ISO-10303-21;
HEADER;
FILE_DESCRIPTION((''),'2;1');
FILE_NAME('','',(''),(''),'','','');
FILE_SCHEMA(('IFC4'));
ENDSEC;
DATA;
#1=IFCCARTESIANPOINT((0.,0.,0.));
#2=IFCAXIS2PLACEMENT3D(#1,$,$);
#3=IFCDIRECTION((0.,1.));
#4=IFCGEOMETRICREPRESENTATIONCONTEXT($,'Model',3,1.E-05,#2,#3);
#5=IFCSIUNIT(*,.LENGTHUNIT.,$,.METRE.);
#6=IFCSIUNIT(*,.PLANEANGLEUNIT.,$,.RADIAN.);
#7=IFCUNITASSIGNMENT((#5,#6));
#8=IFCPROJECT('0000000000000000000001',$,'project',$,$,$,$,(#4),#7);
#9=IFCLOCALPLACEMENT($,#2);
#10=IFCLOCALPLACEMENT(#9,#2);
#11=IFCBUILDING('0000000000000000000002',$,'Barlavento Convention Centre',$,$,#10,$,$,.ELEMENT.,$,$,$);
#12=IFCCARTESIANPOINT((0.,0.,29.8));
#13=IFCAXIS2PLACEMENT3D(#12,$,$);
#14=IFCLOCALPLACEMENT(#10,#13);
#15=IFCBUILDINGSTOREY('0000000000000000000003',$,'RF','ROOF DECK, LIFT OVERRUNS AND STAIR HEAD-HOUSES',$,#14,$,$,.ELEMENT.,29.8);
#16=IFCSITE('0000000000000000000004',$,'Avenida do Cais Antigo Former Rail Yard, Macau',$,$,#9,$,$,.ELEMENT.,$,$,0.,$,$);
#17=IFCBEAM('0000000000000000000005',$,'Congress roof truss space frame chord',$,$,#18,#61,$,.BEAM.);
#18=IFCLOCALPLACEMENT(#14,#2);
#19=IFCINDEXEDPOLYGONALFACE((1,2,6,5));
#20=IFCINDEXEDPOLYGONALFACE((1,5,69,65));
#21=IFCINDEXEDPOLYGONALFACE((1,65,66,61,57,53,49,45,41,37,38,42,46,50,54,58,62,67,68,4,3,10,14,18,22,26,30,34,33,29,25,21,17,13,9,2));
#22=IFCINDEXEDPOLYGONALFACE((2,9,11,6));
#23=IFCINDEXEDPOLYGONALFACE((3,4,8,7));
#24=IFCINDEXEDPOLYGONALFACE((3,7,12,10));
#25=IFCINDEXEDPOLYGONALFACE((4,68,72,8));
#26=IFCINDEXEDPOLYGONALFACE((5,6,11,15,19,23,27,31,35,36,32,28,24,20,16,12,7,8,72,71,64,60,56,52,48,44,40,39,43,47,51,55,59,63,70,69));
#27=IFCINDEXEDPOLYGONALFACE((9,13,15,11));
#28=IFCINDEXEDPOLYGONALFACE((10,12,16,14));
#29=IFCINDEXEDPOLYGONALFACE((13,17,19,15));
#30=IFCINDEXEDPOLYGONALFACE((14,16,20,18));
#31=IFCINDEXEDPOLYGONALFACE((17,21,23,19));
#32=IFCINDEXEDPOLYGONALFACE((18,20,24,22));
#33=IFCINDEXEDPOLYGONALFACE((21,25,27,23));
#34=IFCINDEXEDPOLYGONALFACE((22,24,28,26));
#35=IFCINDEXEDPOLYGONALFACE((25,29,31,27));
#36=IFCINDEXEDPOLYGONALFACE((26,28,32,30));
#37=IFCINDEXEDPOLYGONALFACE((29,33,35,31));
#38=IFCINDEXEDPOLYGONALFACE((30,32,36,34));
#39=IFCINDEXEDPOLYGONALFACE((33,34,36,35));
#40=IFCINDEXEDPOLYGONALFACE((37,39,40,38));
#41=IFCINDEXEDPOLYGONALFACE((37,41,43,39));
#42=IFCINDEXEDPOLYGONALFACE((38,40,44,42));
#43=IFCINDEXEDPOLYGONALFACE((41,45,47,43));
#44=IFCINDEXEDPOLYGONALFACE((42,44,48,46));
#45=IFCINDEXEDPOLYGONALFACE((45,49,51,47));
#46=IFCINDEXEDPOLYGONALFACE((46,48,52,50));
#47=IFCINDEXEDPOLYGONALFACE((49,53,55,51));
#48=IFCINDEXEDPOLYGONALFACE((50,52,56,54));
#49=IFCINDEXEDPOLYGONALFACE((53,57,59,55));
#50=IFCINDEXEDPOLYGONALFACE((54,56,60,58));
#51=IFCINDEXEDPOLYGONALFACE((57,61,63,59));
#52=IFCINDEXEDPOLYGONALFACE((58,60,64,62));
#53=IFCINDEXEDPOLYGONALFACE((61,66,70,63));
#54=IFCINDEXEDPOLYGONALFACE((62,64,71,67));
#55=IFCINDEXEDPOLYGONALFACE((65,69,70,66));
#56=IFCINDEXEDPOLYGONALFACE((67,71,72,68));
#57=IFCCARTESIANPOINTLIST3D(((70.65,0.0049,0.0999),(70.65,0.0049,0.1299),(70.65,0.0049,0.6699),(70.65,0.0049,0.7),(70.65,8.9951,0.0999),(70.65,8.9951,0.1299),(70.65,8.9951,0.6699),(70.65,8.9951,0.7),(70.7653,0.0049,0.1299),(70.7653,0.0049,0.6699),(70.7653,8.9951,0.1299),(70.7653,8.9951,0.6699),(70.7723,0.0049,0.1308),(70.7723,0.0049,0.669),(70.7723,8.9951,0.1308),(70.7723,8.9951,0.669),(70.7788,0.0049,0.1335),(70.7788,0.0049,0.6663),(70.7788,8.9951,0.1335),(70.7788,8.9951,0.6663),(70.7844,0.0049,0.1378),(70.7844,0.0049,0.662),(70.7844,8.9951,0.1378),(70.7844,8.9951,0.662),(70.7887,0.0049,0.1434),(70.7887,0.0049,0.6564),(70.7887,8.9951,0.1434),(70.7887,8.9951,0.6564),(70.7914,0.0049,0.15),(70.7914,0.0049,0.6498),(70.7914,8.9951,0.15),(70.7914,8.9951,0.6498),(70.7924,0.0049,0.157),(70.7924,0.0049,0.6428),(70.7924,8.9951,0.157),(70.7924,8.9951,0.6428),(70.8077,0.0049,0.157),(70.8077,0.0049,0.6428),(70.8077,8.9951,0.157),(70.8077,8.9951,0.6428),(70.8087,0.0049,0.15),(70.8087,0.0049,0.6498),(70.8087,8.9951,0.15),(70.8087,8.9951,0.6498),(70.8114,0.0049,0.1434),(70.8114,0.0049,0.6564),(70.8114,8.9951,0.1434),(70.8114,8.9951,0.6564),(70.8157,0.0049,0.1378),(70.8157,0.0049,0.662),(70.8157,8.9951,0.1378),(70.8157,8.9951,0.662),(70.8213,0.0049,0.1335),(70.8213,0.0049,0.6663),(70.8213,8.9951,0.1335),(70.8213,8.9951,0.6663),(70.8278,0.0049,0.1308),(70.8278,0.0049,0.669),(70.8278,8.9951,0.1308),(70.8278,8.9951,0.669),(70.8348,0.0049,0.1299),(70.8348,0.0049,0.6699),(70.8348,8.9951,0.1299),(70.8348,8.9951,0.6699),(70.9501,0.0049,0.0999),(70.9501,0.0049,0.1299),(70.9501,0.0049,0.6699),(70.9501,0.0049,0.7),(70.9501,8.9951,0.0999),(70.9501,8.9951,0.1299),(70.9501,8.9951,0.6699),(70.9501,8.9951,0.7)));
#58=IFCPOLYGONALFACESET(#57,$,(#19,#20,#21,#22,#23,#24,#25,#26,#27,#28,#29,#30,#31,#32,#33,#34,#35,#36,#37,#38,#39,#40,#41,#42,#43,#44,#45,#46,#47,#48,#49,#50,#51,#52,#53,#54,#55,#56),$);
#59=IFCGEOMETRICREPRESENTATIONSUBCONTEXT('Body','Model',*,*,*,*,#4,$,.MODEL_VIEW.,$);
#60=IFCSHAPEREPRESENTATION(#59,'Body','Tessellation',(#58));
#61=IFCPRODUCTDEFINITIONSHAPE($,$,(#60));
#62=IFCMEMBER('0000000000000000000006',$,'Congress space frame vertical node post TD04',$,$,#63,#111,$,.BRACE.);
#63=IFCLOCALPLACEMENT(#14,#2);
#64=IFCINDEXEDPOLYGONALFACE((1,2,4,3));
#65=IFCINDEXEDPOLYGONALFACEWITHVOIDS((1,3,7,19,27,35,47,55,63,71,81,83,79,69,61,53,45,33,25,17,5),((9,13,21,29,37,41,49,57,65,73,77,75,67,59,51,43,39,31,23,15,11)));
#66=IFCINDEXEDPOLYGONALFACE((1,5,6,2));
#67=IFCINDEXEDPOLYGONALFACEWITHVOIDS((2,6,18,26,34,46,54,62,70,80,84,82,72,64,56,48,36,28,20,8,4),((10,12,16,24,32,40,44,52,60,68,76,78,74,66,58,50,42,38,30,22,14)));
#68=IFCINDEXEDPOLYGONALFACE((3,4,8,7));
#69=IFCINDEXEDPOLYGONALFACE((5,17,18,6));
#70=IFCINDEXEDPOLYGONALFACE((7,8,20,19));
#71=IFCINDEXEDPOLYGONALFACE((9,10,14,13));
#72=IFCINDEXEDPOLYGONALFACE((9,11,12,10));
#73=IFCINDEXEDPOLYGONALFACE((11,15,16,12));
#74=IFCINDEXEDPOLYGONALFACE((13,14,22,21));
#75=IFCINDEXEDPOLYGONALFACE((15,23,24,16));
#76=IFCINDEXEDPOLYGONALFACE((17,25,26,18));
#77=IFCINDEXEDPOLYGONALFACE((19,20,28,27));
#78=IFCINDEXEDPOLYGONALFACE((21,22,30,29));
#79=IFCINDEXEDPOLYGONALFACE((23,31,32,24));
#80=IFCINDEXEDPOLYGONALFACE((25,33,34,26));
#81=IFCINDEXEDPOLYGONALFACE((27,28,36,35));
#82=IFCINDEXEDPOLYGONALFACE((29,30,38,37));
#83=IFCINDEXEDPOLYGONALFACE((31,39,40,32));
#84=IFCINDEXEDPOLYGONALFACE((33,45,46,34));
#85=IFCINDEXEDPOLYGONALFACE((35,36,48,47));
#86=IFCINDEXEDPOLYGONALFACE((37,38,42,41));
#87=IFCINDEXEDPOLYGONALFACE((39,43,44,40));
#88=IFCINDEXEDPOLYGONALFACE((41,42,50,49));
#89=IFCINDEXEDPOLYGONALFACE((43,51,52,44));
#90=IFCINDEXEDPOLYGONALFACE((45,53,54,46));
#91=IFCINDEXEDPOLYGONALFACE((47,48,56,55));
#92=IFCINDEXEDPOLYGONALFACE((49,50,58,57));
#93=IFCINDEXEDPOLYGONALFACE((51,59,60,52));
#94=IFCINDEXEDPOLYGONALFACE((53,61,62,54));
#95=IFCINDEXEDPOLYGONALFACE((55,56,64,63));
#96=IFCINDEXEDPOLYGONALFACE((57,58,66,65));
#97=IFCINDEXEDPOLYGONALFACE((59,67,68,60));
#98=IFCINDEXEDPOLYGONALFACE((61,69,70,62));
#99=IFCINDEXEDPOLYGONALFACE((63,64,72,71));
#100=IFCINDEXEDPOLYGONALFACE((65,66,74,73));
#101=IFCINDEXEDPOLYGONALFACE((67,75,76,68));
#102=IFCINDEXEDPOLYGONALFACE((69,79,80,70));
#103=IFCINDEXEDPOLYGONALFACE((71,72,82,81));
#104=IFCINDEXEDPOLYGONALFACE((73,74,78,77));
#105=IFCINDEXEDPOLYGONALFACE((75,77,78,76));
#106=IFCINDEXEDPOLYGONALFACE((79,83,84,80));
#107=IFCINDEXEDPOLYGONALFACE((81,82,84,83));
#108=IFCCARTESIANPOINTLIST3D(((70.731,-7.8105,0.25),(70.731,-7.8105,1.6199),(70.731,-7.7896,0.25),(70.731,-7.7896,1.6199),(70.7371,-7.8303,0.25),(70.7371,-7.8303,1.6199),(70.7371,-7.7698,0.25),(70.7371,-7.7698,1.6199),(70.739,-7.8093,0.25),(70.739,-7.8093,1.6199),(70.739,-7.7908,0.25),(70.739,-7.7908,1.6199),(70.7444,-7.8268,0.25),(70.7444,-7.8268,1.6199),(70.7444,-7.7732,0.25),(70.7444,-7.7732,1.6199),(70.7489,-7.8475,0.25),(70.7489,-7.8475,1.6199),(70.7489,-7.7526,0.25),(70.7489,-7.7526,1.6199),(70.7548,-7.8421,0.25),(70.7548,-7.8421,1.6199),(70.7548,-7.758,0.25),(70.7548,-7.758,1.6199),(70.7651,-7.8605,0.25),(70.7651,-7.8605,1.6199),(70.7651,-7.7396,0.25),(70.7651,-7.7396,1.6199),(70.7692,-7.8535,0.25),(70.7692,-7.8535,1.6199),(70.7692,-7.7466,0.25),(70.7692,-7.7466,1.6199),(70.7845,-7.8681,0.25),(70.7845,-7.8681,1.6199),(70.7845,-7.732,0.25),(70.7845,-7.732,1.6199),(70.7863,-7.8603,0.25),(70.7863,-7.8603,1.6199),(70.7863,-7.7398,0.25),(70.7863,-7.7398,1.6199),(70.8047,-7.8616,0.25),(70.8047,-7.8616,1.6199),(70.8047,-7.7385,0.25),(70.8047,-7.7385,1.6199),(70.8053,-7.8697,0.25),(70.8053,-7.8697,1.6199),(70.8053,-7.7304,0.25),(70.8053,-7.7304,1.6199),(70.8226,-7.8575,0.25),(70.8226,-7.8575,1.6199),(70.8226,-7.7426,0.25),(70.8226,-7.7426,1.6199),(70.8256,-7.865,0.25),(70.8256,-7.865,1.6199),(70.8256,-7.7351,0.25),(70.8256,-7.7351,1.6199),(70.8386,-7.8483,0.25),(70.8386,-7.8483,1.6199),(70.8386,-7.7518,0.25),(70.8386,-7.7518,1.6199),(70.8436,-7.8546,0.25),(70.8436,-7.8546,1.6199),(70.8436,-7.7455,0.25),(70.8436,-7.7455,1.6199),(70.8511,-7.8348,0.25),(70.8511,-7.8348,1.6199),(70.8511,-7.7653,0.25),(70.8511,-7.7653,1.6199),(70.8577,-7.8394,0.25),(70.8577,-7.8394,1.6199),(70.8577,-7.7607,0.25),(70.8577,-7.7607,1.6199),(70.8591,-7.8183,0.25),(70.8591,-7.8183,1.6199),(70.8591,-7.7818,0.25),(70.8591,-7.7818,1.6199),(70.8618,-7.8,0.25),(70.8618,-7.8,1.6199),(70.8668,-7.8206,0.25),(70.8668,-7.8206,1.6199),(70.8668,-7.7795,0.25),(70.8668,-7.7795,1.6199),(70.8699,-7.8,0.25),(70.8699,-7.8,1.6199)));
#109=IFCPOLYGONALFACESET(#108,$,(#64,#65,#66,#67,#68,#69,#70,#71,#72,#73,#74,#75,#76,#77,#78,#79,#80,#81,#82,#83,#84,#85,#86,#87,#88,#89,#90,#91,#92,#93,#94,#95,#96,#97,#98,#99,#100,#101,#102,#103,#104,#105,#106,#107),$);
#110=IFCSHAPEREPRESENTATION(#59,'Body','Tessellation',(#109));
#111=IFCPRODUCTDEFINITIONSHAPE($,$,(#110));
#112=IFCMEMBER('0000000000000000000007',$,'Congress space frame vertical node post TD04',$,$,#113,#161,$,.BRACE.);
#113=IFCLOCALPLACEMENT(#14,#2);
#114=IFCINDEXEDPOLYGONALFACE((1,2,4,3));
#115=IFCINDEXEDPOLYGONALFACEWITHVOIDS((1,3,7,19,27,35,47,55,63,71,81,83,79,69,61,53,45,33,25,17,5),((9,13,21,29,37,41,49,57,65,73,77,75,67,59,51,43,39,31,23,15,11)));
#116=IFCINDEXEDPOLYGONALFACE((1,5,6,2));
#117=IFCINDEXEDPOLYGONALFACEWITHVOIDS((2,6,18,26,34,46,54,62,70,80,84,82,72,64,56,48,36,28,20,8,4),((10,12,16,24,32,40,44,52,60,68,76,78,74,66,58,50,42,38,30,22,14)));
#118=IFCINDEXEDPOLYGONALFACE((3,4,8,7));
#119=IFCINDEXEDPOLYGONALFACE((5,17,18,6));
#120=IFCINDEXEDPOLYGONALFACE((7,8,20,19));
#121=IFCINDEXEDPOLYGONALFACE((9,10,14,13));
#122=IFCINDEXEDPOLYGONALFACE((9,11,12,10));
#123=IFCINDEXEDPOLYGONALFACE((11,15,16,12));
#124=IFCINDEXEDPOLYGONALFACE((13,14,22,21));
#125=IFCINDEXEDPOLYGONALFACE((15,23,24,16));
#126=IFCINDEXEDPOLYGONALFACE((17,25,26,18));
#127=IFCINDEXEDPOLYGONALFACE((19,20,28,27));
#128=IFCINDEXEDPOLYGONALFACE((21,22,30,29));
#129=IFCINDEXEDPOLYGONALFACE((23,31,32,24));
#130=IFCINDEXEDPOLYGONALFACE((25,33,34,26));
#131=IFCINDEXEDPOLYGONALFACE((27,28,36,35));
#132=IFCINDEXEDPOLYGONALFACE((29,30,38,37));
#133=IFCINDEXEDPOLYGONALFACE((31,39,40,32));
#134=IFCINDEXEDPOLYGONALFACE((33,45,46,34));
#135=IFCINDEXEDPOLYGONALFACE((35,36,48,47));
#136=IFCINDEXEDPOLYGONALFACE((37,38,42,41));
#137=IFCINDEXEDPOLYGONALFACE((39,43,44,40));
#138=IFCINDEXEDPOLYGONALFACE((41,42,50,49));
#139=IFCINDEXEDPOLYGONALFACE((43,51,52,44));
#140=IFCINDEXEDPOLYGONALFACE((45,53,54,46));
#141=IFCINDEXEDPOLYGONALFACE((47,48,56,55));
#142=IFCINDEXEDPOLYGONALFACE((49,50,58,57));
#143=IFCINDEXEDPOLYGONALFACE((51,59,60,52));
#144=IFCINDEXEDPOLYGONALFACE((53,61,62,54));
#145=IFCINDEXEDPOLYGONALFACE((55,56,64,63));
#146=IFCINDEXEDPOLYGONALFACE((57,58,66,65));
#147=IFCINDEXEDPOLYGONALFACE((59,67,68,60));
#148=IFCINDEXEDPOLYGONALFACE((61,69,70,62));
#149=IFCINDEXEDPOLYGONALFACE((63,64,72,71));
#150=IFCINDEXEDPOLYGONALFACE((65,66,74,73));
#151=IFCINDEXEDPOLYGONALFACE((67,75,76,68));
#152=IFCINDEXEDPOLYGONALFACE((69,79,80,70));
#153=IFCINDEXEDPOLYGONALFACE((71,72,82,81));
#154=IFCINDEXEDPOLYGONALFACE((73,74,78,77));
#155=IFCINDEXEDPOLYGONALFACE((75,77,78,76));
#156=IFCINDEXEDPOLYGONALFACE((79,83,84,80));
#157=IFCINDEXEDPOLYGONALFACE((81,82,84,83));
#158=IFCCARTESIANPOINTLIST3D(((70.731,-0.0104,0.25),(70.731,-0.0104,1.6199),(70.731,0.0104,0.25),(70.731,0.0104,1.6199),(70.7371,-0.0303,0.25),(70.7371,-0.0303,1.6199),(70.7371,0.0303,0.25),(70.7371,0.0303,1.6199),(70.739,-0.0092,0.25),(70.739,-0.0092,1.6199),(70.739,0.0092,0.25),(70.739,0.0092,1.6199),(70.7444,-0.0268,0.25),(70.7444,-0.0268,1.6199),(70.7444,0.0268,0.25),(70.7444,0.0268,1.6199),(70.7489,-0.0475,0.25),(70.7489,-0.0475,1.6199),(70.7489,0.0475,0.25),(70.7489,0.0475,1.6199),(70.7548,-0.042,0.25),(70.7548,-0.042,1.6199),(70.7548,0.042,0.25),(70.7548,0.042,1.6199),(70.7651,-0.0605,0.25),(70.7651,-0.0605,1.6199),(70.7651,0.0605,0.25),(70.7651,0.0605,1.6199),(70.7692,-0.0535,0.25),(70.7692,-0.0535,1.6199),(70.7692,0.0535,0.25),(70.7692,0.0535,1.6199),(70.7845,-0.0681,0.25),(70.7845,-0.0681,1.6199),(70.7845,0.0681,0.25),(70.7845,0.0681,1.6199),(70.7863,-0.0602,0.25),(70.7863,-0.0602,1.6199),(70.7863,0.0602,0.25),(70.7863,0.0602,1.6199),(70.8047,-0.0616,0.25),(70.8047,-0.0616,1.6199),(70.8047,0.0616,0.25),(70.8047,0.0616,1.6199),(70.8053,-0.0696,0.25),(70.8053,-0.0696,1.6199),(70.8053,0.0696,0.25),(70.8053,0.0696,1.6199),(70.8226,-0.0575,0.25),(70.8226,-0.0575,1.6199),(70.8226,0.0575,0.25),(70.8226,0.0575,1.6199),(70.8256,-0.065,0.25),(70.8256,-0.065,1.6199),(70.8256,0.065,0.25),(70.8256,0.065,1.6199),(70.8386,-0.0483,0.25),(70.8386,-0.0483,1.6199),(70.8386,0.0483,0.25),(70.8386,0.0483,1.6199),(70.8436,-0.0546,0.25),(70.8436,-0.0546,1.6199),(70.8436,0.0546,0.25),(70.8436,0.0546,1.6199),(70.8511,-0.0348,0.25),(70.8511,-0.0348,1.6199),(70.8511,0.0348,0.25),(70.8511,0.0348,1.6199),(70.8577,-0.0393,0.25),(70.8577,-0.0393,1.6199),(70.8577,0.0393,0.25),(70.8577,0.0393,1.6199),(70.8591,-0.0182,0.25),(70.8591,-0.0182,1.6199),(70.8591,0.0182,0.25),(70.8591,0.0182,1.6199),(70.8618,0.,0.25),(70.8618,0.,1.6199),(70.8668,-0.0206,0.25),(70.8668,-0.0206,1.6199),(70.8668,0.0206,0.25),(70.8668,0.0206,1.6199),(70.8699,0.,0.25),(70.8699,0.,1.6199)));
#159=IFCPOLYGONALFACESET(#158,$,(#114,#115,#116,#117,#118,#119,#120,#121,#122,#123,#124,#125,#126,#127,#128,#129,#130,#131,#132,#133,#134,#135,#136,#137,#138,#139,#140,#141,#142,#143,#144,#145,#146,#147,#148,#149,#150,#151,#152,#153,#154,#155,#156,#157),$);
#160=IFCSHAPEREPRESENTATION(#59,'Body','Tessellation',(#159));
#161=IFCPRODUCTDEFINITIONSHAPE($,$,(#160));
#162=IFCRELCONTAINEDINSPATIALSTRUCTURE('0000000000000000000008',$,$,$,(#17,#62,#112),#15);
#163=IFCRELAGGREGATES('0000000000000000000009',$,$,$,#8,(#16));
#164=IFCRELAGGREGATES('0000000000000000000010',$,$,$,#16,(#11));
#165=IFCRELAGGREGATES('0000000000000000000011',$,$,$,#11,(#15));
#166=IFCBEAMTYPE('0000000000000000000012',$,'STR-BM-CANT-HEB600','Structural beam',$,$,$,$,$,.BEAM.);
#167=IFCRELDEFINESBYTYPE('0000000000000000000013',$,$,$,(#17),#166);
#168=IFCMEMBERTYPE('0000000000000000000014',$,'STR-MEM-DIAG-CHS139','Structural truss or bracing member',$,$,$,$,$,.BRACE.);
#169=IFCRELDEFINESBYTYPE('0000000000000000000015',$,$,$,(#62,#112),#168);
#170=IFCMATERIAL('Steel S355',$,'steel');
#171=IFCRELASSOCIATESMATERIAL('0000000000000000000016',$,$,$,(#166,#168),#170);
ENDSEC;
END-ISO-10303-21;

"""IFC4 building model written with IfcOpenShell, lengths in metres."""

from ifc_helpers import new_model, si_unit, direction, frame, origin, origin_2d, place, context, subcontext, project, spatial, hollow_circle, i_section, extrude, material, material_profile, profile_set, type_object, element, save


model = new_model("IFC4")

# Units and contexts
model_context = context("Model", 3, precision=1e-05, world=origin(), true_north=direction((0.0, 1.0)))
body_context = subcontext(model_context, "Body", "Model", "MODEL_VIEW")
ifc_project = project(units=[si_unit("LENGTHUNIT", "METRE"), si_unit("PLANEANGLEUNIT", "RADIAN")], contexts=[model_context])

# Site, building, storey
site_placement = place(None, origin())
site = spatial("IfcSite", under=ifc_project, at=site_placement, Name="Avenida do Cais Antigo Former Rail Yard, Macau", CompositionType="ELEMENT", RefElevation=0.0)
building_placement = place(site_placement, origin())
building = spatial("IfcBuilding", under=site, at=building_placement, Name="Barlavento Convention Centre", CompositionType="ELEMENT")
storey_placement = place(building_placement, frame((0.0, 0.0, 29.8)))
storey = spatial("IfcBuildingStorey", under=building, at=storey_placement, Name="RF", Description="ROOF DECK, LIFT OVERRUNS AND STAIR HEAD-HOUSES", CompositionType="ELEMENT", Elevation=29.8)

# Beam
ifc_material_1 = material(Name="Steel S355", Category="steel")
ifc_material_profile_1 = material_profile(ifc_material_1, i_section(OverallWidth=0.3, OverallDepth=0.6001, WebThickness=0.0154, FlangeThickness=0.03, FilletRadius=0.0271, at=origin_2d()), Name="HEB 600")
ifc_profile_set_1 = profile_set([ifc_material_profile_1], Name="Steel S355")
beam_type = type_object("IfcBeamType", Name="STR-BM-CANT-HEB600", Description="Structural beam", PredefinedType="BEAM", material=ifc_profile_set_1)
beam_1_placement = place(storey_placement, frame((70.8, 0.0049, 0.3999), z_axis=(0.0, 1.0, 0.0), x_axis=(-1.0, 0.0, 0.0)))
element("IfcBeam", 1, at=beam_1_placement, inside=storey, type_object=beam_type, Name="Congress roof truss space frame chord", PredefinedType="BEAM", context=body_context, shape_type="SweptSolid", body=[
    extrude(i_section(OverallWidth=0.3, OverallDepth=0.6001, WebThickness=0.0154, FlangeThickness=0.03, FilletRadius=0.0271, at=origin_2d()), origin(), (0.0, 0.0, 1.0), 8.9902),
])

# Members
ifc_material_profile_2 = material_profile(ifc_material_1, hollow_circle(Radius=0.0698, WallThickness=0.0081, at=origin_2d()), Name="CHS 139.7x8.0")
ifc_profile_set_2 = profile_set([ifc_material_profile_2], Name="Steel S355")
member_type_1 = type_object("IfcMemberType", Name="STR-MEM-DIAG-CHS139", Description="Structural truss or bracing member", PredefinedType="BRACE", material=ifc_profile_set_2)
for number, where, z_axis, x_axis, name in (
    (2, (70.8, -7.8, 0.25), (0.0, 0.0, 1.0), (1.0, 0.0, 0.0), "Congress space frame vertical node post TD04"),
    (3, (70.8, 0.0, 0.25), (0.0, 0.0, 1.0), (1.0, 0.0, 0.0), "Congress space frame vertical node post TD04"),
):
    element("IfcMember", number, at=place(storey_placement, frame(where, z_axis=z_axis, x_axis=x_axis)), inside=storey, type_object=member_type_1, Name=name, PredefinedType="BRACE", context=body_context, shape_type="SweptSolid", body=[
        extrude(hollow_circle(Radius=0.0698, WallThickness=0.0081, at=origin_2d()), origin(), (0.0, 0.0, 1.0), 1.3699),
    ])

save(model, "model.ifc")
